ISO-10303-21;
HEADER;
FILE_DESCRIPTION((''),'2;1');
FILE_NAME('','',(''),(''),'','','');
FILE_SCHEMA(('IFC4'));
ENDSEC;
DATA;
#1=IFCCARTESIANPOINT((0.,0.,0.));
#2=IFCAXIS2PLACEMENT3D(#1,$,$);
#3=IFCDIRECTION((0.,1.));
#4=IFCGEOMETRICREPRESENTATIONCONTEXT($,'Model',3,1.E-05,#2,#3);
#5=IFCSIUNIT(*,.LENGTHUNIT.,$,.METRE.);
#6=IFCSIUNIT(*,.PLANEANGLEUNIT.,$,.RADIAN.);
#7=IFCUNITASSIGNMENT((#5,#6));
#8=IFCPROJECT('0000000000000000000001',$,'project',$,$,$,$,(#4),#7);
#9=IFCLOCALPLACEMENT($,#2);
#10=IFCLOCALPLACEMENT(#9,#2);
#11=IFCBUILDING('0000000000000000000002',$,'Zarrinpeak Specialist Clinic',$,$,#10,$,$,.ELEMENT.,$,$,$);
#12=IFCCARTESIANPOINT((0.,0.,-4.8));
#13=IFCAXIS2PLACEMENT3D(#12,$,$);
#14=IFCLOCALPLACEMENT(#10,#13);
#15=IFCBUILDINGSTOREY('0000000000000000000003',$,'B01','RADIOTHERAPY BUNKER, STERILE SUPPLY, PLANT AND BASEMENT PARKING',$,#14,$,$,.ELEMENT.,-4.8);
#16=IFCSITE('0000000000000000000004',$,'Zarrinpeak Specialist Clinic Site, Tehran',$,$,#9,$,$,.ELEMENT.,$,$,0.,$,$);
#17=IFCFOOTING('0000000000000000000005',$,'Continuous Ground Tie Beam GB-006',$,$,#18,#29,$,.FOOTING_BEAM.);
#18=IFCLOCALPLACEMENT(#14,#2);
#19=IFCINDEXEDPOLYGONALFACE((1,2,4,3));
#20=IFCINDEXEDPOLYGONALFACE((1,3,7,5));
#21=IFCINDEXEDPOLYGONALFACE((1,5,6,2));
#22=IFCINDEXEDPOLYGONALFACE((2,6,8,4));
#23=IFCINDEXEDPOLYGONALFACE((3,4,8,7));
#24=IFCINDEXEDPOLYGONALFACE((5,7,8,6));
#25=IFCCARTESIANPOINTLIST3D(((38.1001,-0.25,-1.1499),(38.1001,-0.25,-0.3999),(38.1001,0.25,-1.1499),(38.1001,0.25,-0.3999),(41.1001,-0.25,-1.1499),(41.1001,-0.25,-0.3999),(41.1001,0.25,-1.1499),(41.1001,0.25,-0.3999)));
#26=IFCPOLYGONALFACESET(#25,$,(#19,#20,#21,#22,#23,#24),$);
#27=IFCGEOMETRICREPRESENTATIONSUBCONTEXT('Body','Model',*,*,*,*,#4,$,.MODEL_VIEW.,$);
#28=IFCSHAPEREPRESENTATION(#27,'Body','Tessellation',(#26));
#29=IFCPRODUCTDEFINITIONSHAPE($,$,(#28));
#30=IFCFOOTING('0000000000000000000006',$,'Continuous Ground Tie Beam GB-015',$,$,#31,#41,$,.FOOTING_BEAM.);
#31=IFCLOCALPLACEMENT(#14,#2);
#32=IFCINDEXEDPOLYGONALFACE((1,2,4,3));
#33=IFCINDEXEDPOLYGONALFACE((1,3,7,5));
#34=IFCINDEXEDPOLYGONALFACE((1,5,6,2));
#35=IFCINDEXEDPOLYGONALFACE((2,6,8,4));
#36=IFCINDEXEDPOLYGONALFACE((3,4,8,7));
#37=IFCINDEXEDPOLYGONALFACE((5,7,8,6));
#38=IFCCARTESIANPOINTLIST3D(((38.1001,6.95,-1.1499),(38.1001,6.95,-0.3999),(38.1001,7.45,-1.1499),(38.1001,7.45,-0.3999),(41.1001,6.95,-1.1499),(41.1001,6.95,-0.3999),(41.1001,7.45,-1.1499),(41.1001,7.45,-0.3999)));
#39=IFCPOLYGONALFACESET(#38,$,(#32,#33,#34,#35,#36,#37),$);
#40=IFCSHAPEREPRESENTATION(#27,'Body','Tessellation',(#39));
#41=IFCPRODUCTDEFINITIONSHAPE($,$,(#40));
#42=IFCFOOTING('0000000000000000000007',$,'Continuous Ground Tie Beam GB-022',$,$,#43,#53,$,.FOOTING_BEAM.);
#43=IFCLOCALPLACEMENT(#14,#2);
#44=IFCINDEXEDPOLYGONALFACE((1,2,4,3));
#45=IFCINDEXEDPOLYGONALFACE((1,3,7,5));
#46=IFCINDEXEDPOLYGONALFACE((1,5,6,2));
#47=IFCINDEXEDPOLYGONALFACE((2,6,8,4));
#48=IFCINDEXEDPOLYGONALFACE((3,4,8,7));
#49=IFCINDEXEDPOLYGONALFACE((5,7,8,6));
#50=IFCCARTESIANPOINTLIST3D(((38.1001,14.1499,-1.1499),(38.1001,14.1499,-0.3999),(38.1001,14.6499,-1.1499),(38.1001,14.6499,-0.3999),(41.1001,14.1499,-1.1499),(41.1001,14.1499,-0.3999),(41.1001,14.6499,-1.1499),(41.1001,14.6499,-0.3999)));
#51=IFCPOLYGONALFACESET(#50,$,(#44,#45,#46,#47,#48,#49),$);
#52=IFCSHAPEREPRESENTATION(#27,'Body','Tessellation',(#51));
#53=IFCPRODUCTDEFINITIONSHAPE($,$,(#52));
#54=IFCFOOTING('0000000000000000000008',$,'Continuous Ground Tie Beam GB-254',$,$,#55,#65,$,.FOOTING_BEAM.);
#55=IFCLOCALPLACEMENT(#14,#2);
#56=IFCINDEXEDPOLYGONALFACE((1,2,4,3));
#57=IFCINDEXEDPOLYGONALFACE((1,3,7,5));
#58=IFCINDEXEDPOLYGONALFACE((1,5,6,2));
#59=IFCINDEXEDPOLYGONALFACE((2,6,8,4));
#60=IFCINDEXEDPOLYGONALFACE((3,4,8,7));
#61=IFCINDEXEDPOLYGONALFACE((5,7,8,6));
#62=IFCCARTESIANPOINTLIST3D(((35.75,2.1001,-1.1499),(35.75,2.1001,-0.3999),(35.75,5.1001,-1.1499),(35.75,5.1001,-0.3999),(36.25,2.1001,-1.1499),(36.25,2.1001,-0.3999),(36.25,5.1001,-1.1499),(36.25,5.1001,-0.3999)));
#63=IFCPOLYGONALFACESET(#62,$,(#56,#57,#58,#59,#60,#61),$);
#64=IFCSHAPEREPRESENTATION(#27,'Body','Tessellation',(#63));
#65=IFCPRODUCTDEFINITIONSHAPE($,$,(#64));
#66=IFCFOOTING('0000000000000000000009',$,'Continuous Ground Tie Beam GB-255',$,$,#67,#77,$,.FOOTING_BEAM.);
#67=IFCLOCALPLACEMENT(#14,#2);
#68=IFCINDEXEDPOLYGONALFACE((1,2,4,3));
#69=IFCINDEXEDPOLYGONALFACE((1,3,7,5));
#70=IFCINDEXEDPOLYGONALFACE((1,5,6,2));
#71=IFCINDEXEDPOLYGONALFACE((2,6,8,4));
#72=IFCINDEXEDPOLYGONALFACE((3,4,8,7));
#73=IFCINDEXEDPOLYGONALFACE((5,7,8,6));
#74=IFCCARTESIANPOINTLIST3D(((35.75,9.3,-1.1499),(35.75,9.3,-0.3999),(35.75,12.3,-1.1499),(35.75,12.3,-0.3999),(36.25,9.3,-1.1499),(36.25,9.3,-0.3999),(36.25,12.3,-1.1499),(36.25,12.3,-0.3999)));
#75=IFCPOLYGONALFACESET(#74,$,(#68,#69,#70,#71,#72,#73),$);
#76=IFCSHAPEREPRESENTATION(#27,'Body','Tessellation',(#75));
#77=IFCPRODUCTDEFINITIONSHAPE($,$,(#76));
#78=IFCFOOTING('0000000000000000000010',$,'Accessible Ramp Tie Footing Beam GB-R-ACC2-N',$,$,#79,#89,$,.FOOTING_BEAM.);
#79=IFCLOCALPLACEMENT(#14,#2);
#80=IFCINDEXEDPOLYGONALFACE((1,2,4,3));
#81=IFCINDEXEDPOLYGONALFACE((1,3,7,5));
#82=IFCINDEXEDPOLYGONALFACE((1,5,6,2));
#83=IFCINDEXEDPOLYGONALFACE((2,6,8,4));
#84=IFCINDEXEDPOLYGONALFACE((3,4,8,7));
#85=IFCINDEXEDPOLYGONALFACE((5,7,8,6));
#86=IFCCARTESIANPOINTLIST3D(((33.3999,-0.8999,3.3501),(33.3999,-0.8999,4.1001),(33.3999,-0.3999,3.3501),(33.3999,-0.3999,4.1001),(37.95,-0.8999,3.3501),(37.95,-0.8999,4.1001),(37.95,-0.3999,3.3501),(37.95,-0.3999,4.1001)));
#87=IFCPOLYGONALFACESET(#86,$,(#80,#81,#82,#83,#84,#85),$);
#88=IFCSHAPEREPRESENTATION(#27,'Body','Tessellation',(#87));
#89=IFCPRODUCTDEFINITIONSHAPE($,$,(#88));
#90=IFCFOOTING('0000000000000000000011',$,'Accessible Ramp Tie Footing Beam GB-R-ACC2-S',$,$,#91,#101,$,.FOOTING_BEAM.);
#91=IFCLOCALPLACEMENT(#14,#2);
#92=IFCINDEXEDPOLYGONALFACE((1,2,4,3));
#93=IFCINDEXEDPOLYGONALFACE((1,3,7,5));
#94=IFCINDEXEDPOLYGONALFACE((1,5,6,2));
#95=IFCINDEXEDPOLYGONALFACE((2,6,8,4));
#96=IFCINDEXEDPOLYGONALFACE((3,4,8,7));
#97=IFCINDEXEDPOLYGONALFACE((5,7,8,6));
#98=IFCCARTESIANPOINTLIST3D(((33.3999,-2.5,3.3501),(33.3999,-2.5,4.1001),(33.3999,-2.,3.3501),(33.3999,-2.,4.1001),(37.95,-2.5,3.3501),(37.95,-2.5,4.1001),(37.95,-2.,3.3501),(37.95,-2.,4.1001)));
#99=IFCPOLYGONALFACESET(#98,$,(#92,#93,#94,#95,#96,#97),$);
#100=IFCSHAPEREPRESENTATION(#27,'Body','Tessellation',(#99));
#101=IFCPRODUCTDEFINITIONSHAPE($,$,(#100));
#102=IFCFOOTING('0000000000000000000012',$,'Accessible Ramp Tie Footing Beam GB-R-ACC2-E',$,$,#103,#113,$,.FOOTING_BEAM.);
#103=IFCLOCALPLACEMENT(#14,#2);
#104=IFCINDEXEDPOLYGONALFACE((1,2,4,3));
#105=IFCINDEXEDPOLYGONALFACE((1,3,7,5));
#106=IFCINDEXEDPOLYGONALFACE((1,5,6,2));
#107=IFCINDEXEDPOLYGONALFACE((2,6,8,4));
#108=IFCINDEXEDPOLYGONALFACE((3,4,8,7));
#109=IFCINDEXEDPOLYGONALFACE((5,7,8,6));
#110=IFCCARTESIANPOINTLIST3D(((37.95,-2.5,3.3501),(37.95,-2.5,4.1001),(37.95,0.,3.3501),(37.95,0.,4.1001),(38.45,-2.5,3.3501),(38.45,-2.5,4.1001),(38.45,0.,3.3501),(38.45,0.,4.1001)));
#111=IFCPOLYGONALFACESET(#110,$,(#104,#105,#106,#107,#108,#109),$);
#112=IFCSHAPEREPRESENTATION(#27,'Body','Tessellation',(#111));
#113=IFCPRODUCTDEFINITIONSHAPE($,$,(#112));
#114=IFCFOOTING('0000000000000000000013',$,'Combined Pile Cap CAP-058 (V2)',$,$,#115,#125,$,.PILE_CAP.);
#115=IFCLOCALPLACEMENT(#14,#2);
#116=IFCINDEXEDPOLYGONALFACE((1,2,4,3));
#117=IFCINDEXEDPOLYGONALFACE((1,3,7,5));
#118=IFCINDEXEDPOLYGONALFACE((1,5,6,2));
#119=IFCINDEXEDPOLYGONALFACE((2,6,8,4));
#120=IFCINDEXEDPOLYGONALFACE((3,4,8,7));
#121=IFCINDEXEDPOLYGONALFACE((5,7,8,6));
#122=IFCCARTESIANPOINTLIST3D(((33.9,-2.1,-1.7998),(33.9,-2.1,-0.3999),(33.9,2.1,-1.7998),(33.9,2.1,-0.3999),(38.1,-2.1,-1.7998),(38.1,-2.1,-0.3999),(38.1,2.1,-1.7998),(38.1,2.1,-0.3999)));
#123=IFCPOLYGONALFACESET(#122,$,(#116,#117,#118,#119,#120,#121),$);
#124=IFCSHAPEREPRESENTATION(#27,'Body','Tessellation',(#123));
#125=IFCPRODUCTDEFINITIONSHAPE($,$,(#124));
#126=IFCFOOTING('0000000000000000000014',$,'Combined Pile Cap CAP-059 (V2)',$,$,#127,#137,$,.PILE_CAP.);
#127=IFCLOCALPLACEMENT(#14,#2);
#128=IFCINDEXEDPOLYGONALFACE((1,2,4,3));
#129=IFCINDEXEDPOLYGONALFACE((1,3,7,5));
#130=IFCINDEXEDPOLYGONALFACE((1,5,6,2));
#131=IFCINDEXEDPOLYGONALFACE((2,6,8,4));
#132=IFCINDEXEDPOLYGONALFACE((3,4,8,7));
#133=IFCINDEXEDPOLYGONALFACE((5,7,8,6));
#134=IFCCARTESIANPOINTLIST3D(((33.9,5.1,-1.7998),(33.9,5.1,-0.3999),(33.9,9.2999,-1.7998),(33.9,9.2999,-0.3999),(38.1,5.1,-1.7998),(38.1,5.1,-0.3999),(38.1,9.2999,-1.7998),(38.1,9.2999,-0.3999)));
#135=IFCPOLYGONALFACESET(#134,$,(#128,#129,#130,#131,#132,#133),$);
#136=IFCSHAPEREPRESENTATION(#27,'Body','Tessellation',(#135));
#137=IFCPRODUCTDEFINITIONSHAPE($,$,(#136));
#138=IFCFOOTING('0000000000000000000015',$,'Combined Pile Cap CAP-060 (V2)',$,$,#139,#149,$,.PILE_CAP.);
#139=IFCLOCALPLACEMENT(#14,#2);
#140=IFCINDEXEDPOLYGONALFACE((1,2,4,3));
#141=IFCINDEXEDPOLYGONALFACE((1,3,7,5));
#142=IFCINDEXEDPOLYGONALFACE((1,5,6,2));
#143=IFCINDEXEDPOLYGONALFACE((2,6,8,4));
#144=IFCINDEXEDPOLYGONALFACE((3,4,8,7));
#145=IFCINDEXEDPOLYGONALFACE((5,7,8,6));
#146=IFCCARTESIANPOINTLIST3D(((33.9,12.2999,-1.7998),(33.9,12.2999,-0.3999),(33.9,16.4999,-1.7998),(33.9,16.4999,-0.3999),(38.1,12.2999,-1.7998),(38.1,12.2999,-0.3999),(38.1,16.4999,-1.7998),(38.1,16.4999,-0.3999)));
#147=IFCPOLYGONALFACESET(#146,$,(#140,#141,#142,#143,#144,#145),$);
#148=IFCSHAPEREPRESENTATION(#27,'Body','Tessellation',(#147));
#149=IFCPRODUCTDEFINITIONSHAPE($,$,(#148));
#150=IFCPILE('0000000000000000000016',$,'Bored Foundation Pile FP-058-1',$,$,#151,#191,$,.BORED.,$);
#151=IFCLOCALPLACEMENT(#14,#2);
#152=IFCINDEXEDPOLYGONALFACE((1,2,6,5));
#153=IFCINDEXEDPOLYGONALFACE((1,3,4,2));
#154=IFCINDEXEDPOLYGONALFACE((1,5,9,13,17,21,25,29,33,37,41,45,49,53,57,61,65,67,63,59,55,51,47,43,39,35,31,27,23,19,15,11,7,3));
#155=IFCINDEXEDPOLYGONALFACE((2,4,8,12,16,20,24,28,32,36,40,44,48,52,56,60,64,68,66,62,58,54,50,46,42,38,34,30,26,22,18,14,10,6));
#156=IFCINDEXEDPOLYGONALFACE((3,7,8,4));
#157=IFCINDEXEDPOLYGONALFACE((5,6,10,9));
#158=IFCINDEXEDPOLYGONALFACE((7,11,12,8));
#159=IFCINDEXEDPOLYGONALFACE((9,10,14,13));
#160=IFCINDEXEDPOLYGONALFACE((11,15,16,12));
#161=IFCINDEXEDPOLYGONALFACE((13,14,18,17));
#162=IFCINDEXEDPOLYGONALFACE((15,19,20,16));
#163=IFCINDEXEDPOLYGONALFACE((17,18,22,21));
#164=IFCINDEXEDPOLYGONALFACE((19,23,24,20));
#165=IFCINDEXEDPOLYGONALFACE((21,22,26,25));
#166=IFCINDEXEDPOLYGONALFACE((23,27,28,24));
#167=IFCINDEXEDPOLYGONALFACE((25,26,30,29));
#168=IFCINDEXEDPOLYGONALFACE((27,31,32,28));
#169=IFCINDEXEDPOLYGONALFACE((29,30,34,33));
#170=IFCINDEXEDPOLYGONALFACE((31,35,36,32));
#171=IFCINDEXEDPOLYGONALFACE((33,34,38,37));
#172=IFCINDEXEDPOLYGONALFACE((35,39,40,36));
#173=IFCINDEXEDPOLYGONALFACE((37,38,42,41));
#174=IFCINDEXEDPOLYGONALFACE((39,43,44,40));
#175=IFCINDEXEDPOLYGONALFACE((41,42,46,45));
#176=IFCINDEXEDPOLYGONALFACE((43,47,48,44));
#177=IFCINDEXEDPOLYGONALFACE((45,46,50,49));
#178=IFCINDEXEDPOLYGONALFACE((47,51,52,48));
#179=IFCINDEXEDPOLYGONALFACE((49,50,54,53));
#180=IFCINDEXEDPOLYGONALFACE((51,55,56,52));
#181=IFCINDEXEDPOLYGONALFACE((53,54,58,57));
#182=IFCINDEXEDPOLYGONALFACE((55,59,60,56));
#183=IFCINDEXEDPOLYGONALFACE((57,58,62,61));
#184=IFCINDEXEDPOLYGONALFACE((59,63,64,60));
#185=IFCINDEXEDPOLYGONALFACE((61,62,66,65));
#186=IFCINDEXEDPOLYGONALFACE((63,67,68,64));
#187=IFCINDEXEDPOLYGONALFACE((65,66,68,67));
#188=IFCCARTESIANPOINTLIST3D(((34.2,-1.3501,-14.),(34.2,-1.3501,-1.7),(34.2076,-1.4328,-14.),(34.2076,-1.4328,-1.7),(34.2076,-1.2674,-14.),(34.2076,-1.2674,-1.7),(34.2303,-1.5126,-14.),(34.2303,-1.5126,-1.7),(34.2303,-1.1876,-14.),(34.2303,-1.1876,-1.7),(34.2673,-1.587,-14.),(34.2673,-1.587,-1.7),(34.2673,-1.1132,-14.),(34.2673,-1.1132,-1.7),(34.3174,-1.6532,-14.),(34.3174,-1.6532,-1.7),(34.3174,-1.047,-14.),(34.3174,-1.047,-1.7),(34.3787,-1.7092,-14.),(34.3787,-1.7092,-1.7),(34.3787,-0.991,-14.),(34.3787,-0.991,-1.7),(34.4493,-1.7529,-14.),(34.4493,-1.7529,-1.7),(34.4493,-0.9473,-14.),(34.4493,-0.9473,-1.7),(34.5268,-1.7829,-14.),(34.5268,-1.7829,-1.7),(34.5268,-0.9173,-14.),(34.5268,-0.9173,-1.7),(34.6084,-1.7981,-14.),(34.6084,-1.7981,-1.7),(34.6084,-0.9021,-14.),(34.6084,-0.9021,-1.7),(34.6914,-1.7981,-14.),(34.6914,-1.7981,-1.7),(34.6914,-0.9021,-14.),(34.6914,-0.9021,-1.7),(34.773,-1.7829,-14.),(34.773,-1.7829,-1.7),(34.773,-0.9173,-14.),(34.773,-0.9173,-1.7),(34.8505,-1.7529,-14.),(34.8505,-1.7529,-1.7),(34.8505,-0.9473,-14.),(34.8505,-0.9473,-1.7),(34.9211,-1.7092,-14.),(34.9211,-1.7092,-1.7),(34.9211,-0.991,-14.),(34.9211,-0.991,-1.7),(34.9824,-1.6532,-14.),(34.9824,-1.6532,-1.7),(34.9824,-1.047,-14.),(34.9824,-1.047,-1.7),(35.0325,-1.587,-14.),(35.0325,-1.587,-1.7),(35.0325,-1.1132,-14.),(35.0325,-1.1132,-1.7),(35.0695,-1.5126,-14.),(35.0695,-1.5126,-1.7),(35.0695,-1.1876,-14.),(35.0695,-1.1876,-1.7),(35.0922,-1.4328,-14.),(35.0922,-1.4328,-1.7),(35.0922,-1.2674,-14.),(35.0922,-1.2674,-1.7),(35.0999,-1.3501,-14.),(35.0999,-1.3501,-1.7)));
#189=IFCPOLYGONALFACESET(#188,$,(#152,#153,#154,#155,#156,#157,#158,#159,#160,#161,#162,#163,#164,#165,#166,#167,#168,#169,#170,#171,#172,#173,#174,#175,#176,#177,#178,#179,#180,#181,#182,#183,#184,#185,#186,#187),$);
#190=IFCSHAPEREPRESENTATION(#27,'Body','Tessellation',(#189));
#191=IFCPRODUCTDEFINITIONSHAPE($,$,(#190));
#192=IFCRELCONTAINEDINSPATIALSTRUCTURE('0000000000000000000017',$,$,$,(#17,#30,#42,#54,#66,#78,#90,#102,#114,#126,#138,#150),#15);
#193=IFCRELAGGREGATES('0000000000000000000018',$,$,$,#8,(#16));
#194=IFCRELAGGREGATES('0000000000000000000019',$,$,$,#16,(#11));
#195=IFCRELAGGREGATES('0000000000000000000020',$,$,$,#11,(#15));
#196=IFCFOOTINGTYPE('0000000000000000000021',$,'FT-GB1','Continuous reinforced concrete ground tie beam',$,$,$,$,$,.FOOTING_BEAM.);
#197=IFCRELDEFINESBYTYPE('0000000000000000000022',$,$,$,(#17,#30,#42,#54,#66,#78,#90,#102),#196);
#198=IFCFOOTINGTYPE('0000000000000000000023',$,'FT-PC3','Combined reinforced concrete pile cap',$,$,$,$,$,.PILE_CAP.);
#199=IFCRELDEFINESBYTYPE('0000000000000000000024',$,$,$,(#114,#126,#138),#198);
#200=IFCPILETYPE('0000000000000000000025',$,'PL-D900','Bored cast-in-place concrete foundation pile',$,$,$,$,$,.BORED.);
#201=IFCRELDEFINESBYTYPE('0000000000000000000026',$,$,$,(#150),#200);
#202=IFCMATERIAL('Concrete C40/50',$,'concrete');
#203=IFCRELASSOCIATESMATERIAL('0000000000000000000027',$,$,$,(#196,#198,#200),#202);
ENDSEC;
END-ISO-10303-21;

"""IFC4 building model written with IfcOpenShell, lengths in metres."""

from ifc_helpers import new_model, si_unit, direction, frame, origin, origin_2d, place, context, subcontext, project, spatial, rectangle, circle, extrude, material, material_profile, profile_set, type_object, element, save


model = new_model("IFC4")

# Units and contexts
model_context = context("Model", 3, precision=1e-05, world=origin(), true_north=direction((0.0, 1.0)))
body_context = subcontext(model_context, "Body", "Model", "MODEL_VIEW")
ifc_project = project(units=[si_unit("LENGTHUNIT", "METRE"), si_unit("PLANEANGLEUNIT", "RADIAN")], contexts=[model_context])

# Site, building, storey
site_placement = place(None, origin())
site = spatial("IfcSite", under=ifc_project, at=site_placement, Name="Zarrinpeak Specialist Clinic Site, Tehran", CompositionType="ELEMENT", RefElevation=0.0)
building_placement = place(site_placement, origin())
building = spatial("IfcBuilding", under=site, at=building_placement, Name="Zarrinpeak Specialist Clinic", CompositionType="ELEMENT")
storey_placement = place(building_placement, frame((0.0, 0.0, -4.8)))
storey = spatial("IfcBuildingStorey", under=building, at=storey_placement, Name="B01", Description="RADIOTHERAPY BUNKER, STERILE SUPPLY, PLANT AND BASEMENT PARKING", CompositionType="ELEMENT", Elevation=-4.8)

# Footings
ifc_material_1 = material(Name="Concrete C40/50", Category="concrete")
ifc_material_profile_1 = material_profile(ifc_material_1, rectangle(XDim=0.5, YDim=0.75, at=origin_2d()), Name="RC 500x750")
ifc_profile_set_1 = profile_set([ifc_material_profile_1], Name="Concrete C40/50")
footing_type_1 = type_object("IfcFootingType", Name="FT-GB1", Description="Continuous reinforced concrete ground tie beam", PredefinedType="FOOTING_BEAM", material=ifc_profile_set_1)
for number, where, z_axis, x_axis, name in (
    (1, (38.1001, 0.0, -0.7749), (1.0, 0.0, 0.0), (0.0, 1.0, 0.0), "Continuous Ground Tie Beam GB-006"),
    (2, (38.1001, 7.2, -0.7749), (1.0, 0.0, 0.0), (0.0, 1.0, 0.0), "Continuous Ground Tie Beam GB-015"),
    (3, (38.1001, 14.3999, -0.7749), (1.0, 0.0, 0.0), (0.0, 1.0, 0.0), "Continuous Ground Tie Beam GB-022"),
    (4, (36.0, 2.1001, -0.7749), (0.0, 1.0, 0.0), (-1.0, 0.0, 0.0), "Continuous Ground Tie Beam GB-254"),
    (5, (36.0, 9.3, -0.7749), (0.0, 1.0, 0.0), (-1.0, 0.0, 0.0), "Continuous Ground Tie Beam GB-255"),
):
    element("IfcFooting", number, at=place(storey_placement, frame(where, z_axis=z_axis, x_axis=x_axis)), inside=storey, type_object=footing_type_1, Name=name, PredefinedType="FOOTING_BEAM", context=body_context, shape_type="SweptSolid", body=[
        extrude(rectangle(XDim=0.5, YDim=0.75, at=origin_2d()), origin(), (0.0, 0.0, 1.0), 3.0),
    ])
for number, where, z_axis, x_axis, name in (
    (6, (33.3999, -0.6499, 3.7251), (1.0, 0.0, 0.0), (0.0, 1.0, 0.0), "Accessible Ramp Tie Footing Beam GB-R-ACC2-N"),
    (7, (33.3999, -2.25, 3.7251), (1.0, 0.0, 0.0), (0.0, 1.0, 0.0), "Accessible Ramp Tie Footing Beam GB-R-ACC2-S"),
):
    element("IfcFooting", number, at=place(storey_placement, frame(where, z_axis=z_axis, x_axis=x_axis)), inside=storey, type_object=footing_type_1, Name=name, PredefinedType="FOOTING_BEAM", context=body_context, shape_type="SweptSolid", body=[
        extrude(rectangle(XDim=0.5, YDim=0.75, at=origin_2d()), origin(), (0.0, 0.0, 1.0), 4.55),
    ])
footing_placement = place(storey_placement, frame((38.2, -2.5, 3.7251), z_axis=(0.0, 1.0, 0.0), x_axis=(-1.0, 0.0, 0.0)))
element("IfcFooting", 8, at=footing_placement, inside=storey, type_object=footing_type_1, Name="Accessible Ramp Tie Footing Beam GB-R-ACC2-E", PredefinedType="FOOTING_BEAM", context=body_context, shape_type="SweptSolid", body=[
    extrude(rectangle(XDim=0.5, YDim=0.75, at=origin_2d()), origin(), (0.0, 0.0, 1.0), 2.5),
])
footing_type_2 = type_object("IfcFootingType", Name="FT-PC3", Description="Combined reinforced concrete pile cap", PredefinedType="PILE_CAP", material=ifc_material_1)
for number, where, z_axis, x_axis, name in (
    (9, (36.0, 0.0, -1.7998), (0.0, 0.0, 1.0), (1.0, 0.0, 0.0), "Combined Pile Cap CAP-058 (V2)"),
    (10, (36.0, 7.2, -1.7998), (0.0, 0.0, 1.0), (1.0, 0.0, 0.0), "Combined Pile Cap CAP-059 (V2)"),
    (11, (36.0, 14.3999, -1.7998), (0.0, 0.0, 1.0), (1.0, 0.0, 0.0), "Combined Pile Cap CAP-060 (V2)"),
):
    element("IfcFooting", number, at=place(storey_placement, frame(where, z_axis=z_axis, x_axis=x_axis)), inside=storey, type_object=footing_type_2, Name=name, PredefinedType="PILE_CAP", context=body_context, shape_type="SweptSolid", body=[
        extrude(rectangle(XDim=4.2, YDim=4.2, at=origin_2d()), origin(), (0.0, 0.0, 1.0), 1.3999),
    ])

# Pile
ifc_material_profile_2 = material_profile(ifc_material_1, circle(Radius=0.45, at=origin_2d()), Name="BORED PILE D900")
ifc_profile_set_2 = profile_set([ifc_material_profile_2], Name="Concrete C40/50")
pile_type = type_object("IfcPileType", Name="PL-D900", Description="Bored cast-in-place concrete foundation pile", PredefinedType="BORED", material=ifc_profile_set_2)
for number, where, z_axis, x_axis, name in (
    (12, (34.6499, -1.3501, -1.7), (0.0, 0.0, -1.0), (1.0, 0.0, 0.0), "Bored Foundation Pile FP-058-1"),
):
    element("IfcPile", number, at=place(storey_placement, frame(where, z_axis=z_axis, x_axis=x_axis)), inside=storey, type_object=pile_type, Name=name, PredefinedType="BORED", context=body_context, shape_type="SweptSolid", body=[
        extrude(circle(Radius=0.45, at=origin_2d()), origin(), (0.0, 0.0, 1.0), 12.3),
    ])

save(model, "model.ifc")
